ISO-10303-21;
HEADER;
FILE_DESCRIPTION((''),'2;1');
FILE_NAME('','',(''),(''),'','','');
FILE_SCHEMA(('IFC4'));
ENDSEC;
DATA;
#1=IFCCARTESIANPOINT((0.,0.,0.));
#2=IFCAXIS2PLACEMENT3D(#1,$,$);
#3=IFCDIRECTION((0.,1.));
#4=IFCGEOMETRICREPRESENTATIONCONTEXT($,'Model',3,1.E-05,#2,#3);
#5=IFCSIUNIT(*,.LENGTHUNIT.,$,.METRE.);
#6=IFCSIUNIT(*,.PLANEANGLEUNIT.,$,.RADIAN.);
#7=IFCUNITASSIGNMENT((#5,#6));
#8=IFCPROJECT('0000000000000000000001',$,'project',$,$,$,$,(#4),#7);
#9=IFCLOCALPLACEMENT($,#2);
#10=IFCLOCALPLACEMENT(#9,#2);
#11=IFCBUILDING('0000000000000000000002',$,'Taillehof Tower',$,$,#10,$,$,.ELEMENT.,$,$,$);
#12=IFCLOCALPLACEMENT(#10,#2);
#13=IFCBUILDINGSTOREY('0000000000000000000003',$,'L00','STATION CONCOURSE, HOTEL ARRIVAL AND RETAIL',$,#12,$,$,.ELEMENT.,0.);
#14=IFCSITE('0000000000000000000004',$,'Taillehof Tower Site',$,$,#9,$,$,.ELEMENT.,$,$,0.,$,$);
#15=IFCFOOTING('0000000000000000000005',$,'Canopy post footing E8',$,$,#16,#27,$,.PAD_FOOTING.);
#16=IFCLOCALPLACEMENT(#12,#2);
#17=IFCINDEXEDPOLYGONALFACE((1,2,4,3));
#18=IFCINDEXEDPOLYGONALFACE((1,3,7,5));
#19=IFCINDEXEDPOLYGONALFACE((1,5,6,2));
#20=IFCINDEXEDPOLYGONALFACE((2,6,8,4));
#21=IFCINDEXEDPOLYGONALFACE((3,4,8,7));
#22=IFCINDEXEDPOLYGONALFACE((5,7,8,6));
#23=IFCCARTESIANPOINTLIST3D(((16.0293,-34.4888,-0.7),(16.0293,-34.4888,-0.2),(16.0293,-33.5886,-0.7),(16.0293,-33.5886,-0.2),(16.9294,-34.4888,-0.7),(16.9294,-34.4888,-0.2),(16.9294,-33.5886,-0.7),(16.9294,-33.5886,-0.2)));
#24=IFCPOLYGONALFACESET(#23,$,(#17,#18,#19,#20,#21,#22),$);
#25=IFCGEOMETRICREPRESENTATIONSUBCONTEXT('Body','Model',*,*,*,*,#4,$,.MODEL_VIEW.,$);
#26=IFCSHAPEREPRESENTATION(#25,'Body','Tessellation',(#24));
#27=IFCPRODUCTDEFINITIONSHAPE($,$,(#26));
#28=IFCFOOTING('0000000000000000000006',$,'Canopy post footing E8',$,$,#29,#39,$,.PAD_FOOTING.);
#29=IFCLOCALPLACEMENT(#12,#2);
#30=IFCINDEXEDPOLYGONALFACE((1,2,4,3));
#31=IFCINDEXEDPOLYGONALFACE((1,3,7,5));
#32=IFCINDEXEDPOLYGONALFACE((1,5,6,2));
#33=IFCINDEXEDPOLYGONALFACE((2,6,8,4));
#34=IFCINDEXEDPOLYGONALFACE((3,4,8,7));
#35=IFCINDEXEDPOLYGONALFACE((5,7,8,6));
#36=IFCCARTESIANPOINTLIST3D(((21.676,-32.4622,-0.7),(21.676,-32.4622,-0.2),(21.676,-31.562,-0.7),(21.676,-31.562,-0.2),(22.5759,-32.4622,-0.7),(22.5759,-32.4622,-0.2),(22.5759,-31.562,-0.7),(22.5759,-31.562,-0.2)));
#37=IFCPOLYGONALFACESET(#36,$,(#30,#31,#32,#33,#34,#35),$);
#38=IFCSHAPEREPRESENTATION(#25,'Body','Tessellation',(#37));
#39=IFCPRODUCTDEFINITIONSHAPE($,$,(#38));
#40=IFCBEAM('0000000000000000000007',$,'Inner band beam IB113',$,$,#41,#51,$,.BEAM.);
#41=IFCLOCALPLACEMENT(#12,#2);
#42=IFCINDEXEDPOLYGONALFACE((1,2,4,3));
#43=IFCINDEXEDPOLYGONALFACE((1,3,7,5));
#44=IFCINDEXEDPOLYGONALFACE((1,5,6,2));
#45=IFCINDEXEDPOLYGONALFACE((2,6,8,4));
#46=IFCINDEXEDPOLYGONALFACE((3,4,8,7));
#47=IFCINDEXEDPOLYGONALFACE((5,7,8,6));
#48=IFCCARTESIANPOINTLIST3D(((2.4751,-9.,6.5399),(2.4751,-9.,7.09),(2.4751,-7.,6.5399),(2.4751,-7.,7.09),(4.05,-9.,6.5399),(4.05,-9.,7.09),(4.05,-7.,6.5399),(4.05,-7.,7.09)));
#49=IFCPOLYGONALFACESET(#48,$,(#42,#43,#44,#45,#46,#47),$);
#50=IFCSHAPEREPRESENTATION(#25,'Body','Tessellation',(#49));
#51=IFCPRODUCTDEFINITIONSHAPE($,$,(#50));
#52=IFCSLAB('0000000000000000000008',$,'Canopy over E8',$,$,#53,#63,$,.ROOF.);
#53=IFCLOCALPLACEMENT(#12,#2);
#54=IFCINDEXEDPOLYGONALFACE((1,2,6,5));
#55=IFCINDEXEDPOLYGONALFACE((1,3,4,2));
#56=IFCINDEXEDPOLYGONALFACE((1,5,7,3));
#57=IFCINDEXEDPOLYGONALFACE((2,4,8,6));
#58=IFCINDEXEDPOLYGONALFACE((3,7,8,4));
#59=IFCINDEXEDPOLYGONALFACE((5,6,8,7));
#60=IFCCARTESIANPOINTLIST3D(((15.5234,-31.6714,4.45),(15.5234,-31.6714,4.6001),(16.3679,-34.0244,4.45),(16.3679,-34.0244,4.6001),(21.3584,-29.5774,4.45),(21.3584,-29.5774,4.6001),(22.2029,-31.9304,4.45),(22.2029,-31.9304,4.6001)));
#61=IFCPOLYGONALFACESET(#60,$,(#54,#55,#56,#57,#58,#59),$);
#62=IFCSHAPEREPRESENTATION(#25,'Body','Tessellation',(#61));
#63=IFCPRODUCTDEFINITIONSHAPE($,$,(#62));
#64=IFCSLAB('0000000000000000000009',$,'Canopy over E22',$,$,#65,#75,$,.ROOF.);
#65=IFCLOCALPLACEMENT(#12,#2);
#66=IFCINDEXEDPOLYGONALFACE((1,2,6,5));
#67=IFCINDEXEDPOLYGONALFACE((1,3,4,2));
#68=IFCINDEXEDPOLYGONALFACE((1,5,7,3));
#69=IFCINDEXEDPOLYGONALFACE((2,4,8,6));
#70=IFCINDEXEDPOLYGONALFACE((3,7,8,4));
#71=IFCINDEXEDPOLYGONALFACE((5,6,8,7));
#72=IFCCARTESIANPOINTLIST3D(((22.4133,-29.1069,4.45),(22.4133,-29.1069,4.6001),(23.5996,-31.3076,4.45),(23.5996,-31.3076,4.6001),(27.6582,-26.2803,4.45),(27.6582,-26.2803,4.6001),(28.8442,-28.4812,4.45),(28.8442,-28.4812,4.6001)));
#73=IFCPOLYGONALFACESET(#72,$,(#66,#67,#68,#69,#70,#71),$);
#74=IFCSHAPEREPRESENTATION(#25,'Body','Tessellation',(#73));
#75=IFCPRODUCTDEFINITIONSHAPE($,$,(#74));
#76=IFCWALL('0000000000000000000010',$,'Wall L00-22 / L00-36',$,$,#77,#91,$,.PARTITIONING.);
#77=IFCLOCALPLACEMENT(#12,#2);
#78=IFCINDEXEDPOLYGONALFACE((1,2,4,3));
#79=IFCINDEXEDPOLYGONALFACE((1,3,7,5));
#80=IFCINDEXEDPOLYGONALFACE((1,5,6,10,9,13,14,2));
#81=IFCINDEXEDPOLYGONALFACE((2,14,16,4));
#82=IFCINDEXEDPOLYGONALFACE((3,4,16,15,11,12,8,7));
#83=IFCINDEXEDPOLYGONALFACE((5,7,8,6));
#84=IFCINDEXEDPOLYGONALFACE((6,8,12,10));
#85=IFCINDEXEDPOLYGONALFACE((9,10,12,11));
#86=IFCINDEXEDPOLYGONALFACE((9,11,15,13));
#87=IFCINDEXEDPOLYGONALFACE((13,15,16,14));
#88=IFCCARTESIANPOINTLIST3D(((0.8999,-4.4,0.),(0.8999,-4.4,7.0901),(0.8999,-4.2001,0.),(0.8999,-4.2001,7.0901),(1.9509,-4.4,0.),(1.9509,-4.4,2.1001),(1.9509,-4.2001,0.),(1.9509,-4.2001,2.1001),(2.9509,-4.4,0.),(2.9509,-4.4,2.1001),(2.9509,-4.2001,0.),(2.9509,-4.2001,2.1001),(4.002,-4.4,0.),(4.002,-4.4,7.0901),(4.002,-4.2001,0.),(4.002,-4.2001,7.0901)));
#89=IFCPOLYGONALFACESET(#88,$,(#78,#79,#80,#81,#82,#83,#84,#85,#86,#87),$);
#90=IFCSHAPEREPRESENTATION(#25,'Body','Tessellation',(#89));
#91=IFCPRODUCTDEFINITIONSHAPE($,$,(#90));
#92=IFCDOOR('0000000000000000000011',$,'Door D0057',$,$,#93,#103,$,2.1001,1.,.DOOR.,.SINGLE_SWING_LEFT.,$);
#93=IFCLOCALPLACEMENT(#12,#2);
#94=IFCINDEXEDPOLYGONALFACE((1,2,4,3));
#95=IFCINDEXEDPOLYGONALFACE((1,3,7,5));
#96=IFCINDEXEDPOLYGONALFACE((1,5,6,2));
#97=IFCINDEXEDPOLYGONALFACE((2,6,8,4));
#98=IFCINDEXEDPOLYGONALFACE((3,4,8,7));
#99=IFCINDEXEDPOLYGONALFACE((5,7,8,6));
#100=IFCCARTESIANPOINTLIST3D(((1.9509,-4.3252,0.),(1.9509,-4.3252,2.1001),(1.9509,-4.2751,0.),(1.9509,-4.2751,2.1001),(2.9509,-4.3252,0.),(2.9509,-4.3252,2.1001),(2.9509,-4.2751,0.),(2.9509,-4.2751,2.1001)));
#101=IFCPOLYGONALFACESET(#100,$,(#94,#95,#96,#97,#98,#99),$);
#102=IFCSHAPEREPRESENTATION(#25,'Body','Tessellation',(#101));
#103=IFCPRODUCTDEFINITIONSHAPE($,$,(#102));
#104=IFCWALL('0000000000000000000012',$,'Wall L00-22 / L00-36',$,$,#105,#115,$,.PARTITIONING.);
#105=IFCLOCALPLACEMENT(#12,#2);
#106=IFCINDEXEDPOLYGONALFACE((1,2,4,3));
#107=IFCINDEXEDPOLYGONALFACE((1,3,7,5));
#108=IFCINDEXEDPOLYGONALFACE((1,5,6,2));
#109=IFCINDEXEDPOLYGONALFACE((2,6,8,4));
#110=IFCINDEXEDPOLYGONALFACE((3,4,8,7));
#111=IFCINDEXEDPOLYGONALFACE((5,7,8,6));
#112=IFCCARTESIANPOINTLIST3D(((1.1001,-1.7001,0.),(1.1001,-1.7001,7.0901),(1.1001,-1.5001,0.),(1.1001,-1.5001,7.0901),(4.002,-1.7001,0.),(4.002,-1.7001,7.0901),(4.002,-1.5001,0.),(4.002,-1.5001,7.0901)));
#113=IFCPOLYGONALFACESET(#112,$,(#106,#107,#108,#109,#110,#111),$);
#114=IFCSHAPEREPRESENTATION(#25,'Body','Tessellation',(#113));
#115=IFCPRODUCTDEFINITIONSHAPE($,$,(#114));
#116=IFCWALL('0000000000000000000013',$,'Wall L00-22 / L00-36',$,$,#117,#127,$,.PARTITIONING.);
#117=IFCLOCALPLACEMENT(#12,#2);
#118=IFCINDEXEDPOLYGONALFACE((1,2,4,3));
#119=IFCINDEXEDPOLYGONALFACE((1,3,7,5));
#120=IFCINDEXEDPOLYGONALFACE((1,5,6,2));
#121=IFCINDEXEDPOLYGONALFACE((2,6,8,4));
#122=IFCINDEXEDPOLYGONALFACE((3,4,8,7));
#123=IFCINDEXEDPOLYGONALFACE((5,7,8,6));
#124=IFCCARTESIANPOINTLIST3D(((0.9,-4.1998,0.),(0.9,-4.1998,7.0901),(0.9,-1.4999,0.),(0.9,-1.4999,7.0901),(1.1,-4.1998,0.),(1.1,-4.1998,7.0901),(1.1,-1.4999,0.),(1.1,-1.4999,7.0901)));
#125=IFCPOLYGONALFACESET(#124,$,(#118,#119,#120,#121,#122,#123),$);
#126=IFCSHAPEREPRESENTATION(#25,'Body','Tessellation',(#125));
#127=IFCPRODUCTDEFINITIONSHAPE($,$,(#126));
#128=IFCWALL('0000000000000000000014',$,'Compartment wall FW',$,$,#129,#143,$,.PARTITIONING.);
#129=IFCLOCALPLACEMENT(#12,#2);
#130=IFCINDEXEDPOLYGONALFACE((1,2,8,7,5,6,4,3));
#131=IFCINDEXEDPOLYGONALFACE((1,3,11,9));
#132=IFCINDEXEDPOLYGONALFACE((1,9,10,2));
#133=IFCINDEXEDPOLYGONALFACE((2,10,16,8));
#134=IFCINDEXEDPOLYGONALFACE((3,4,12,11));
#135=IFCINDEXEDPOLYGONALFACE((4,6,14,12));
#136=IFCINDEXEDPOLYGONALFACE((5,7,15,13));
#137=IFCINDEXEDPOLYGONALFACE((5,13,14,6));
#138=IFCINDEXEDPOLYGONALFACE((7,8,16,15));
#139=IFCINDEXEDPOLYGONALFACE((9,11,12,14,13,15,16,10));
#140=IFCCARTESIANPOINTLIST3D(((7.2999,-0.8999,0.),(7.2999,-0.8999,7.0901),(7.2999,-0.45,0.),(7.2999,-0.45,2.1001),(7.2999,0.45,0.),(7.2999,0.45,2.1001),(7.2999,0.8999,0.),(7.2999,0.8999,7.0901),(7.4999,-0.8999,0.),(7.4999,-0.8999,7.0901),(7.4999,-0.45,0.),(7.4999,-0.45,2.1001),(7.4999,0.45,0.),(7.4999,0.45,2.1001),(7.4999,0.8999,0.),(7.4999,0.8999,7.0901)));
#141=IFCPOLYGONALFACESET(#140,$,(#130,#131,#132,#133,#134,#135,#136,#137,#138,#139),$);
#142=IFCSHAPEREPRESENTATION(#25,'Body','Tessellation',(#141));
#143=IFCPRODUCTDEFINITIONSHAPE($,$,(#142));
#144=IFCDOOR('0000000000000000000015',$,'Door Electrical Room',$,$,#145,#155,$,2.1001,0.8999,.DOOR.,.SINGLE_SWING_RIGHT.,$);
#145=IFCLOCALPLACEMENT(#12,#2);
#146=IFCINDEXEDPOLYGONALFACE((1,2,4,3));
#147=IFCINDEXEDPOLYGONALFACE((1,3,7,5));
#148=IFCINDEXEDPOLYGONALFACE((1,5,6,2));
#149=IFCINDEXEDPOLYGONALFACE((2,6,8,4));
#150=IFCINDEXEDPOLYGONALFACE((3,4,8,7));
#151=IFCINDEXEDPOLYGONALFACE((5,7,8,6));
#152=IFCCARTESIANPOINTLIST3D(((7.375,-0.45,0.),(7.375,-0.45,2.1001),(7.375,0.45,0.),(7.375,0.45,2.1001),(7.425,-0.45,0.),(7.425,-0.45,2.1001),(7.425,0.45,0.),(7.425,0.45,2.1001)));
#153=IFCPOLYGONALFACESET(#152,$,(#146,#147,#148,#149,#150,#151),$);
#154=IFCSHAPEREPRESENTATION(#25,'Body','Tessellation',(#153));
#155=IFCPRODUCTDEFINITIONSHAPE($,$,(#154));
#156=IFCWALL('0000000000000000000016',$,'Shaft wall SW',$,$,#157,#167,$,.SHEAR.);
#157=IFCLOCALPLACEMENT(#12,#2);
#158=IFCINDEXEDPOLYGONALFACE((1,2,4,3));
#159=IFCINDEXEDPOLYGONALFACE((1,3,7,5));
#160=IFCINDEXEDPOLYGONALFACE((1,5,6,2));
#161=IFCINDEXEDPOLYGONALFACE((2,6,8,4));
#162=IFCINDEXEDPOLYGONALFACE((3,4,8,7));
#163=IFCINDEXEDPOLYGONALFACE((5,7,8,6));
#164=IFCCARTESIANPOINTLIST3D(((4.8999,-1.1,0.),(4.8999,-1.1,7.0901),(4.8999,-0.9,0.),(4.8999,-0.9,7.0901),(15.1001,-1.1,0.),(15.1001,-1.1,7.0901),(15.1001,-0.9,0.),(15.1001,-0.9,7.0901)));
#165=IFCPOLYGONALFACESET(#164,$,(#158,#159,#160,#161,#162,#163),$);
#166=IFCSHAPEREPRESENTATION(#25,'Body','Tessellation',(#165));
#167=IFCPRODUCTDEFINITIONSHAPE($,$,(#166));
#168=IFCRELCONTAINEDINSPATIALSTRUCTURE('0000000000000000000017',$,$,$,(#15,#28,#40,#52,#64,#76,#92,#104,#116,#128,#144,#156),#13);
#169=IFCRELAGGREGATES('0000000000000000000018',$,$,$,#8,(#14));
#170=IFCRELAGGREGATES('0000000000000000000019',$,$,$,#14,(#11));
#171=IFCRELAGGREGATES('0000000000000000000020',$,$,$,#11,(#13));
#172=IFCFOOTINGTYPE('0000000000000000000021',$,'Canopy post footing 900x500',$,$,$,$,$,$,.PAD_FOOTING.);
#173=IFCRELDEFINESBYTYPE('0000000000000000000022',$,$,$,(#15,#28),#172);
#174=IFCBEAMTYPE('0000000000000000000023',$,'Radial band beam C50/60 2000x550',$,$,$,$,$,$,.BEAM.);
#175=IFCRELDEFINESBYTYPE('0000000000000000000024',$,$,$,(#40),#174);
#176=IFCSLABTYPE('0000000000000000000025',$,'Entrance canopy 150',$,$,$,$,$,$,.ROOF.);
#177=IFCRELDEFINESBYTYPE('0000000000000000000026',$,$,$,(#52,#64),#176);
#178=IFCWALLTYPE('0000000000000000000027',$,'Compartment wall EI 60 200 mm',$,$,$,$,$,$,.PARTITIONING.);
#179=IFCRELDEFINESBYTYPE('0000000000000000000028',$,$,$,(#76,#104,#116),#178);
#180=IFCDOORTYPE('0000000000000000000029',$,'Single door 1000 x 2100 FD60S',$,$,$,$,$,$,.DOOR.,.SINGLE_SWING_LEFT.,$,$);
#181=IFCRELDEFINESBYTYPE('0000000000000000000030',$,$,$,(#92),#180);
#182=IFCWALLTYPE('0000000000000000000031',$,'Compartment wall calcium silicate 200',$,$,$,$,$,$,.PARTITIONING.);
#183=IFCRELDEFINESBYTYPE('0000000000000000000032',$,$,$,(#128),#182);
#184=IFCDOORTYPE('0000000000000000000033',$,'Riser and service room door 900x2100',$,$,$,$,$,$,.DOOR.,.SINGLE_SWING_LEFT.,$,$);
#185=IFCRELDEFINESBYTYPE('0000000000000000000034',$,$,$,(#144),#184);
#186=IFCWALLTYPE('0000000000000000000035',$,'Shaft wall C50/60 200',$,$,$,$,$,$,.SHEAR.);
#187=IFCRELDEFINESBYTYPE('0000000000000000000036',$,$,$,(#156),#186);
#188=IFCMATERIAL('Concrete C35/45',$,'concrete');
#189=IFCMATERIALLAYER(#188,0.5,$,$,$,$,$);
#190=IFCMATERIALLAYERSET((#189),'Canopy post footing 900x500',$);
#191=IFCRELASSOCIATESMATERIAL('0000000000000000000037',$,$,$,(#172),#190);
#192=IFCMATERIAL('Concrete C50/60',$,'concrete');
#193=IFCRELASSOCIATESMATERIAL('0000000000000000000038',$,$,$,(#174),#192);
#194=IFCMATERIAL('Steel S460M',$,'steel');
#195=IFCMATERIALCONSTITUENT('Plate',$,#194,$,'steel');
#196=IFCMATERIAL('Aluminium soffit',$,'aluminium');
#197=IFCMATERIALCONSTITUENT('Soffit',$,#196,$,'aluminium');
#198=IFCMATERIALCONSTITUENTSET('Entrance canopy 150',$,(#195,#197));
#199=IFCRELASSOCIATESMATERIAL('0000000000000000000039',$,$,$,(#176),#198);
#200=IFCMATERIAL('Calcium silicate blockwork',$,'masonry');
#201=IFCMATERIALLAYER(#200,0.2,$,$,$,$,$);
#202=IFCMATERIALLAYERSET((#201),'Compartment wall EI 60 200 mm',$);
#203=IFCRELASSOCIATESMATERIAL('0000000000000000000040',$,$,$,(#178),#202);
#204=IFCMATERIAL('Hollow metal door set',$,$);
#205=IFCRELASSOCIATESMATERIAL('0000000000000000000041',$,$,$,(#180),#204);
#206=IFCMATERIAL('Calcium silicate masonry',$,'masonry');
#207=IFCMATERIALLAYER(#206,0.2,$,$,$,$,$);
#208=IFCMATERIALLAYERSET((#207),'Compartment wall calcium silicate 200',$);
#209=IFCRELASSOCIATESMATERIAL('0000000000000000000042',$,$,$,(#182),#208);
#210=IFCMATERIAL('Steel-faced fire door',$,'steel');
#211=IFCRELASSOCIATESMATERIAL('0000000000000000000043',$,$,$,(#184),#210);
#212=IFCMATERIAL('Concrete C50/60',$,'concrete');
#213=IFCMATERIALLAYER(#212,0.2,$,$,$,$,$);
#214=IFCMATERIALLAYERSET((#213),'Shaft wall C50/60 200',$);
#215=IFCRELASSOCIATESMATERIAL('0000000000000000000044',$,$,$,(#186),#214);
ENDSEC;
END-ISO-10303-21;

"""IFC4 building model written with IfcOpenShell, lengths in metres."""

from ifc_helpers import new_model, si_unit, direction, frame, frame_2d, origin, origin_2d, place, context, subcontext, project, spatial, polyline, rectangle, outline, extrude, material, layer, layer_set, constituent, constituent_set, material_profile, profile_set, type_object, element, fill, save


model = new_model("IFC4")

# Units and contexts
model_context = context("Model", 3, precision=1e-05, world=origin(), true_north=direction((0.0, 1.0)))
body_context = subcontext(model_context, "Body", "Model", "MODEL_VIEW")
ifc_project = project(units=[si_unit("LENGTHUNIT", "METRE"), si_unit("PLANEANGLEUNIT", "RADIAN")], contexts=[model_context])

# Site, building, storey
site_placement = place(None, origin())
site = spatial("IfcSite", under=ifc_project, at=site_placement, Name="Taillehof Tower Site", CompositionType="ELEMENT", RefElevation=0.0)
building_placement = place(site_placement, origin())
building = spatial("IfcBuilding", under=site, at=building_placement, Name="Taillehof Tower", CompositionType="ELEMENT")
storey_placement = place(building_placement, origin())
storey = spatial("IfcBuildingStorey", under=building, at=storey_placement, Name="L00", Description="STATION CONCOURSE, HOTEL ARRIVAL AND RETAIL", CompositionType="ELEMENT", Elevation=0.0)

# Footings
ifc_material_1 = material(Name="Concrete C35/45", Category="concrete")
ifc_layer_1 = layer(ifc_material_1, 0.5)
ifc_layer_set_1 = layer_set([ifc_layer_1], Name="Canopy post footing 900x500")
footing_type = type_object("IfcFootingType", Name="Canopy post footing 900x500", PredefinedType="PAD_FOOTING", material=ifc_layer_set_1)
footing_1_placement = place(storey_placement, frame((0.0, 0.0, -0.7)))
element("IfcFooting", 1, at=footing_1_placement, inside=storey, type_object=footing_type, Name="Canopy post footing E8", PredefinedType="PAD_FOOTING", context=body_context, shape_type="SweptSolid", body=[
    extrude(outline(polyline([(16.0293, -34.4888), (16.9294, -34.4888), (16.9294, -33.5886), (16.0293, -33.5886), (16.0293, -34.4888)])), origin(), (0.0, 0.0, 1.0), 0.5),
])
footing_2_placement = place(storey_placement, frame((0.0, 0.0, -0.7)))
element("IfcFooting", 2, at=footing_2_placement, inside=storey, type_object=footing_type, Name="Canopy post footing E8", PredefinedType="PAD_FOOTING", context=body_context, shape_type="SweptSolid", body=[
    extrude(outline(polyline([(21.676, -32.4622), (22.5759, -32.4622), (22.5759, -31.562), (21.676, -31.562), (21.676, -32.4622)])), origin(), (0.0, 0.0, 1.0), 0.5),
])

# Beam
ifc_material_2 = material(Name="Concrete C50/60", Category="concrete")
ifc_material_profile = material_profile(ifc_material_2, rectangle(XDim=2.0, YDim=0.55, at=origin_2d()), Name="RC 2000x550")
ifc_profile_set = profile_set([ifc_material_profile], Name="Concrete C50/60")
beam_type = type_object("IfcBeamType", Name="Radial band beam C50/60 2000x550", PredefinedType="BEAM", material=ifc_profile_set)
beam_placement = place(storey_placement, frame((2.4751, -8.0, 6.8149), z_axis=(1.0, 0.0, 0.0), x_axis=(0.0, 1.0, 0.0)))
element("IfcBeam", 3, at=beam_placement, inside=storey, type_object=beam_type, Name="Inner band beam IB113", PredefinedType="BEAM", context=body_context, shape_type="SweptSolid", body=[
    extrude(rectangle(XDim=2.0, YDim=0.55, at=origin_2d()), origin(), (0.0, 0.0, 1.0), 1.575),
])

# Slabs
ifc_material_3 = material(Name="Steel S460M", Category="steel")
ifc_constituent_1 = constituent(ifc_material_3, Name="Plate", Category="steel")
ifc_material_4 = material(Name="Aluminium soffit", Category="aluminium")
ifc_constituent_2 = constituent(ifc_material_4, Name="Soffit", Category="aluminium")
ifc_constituent_set = constituent_set(constituents=[ifc_constituent_1, ifc_constituent_2], Name="Entrance canopy 150")
slab_type = type_object("IfcSlabType", Name="Entrance canopy 150", PredefinedType="ROOF", material=ifc_constituent_set)
slab_1_placement = place(storey_placement, frame((0.0, 0.0, 4.45)))
element("IfcSlab", 4, at=slab_1_placement, inside=storey, type_object=slab_type, Name="Canopy over E8", PredefinedType="ROOF", context=body_context, shape_type="SweptSolid", body=[
    extrude(outline(polyline([(15.5234, -31.6714), (21.3584, -29.5774), (22.2029, -31.9304), (16.3679, -34.0244), (15.5234, -31.6714)])), origin(), (0.0, 0.0, 1.0), 0.1501),
])
slab_2_placement = place(storey_placement, frame((0.0, 0.0, 4.45)))
element("IfcSlab", 5, at=slab_2_placement, inside=storey, type_object=slab_type, Name="Canopy over E22", PredefinedType="ROOF", context=body_context, shape_type="SweptSolid", body=[
    extrude(outline(polyline([(22.4133, -29.1069), (27.6582, -26.2803), (28.8442, -28.4812), (23.5996, -31.3076), (22.4133, -29.1069)])), origin(), (0.0, 0.0, 1.0), 0.1501),
])

# Wall, opening, door
ifc_material_5 = material(Name="Calcium silicate blockwork", Category="masonry")
ifc_layer_2 = layer(ifc_material_5, 0.2)
ifc_layer_set_2 = layer_set([ifc_layer_2], Name="Compartment wall EI 60 200 mm")
wall_type_1 = type_object("IfcWallType", Name="Compartment wall EI 60 200 mm", PredefinedType="PARTITIONING", material=ifc_layer_set_2)
wall_1_placement = place(storey_placement, frame((0.8999, -4.3, 0.0), z_axis=(0.0, 0.0, 1.0), x_axis=(1.0, 0.0, 0.0)))
wall_1 = element("IfcWall", 6, at=wall_1_placement, inside=storey, type_object=wall_type_1, Name="Wall L00-22 / L00-36", PredefinedType="PARTITIONING", context=body_context, shape_type="SweptSolid", body=[
    extrude(rectangle(XDim=3.1021, YDim=0.2, at=frame_2d((1.551, 0.0))), origin(), (0.0, 0.0, 1.0), 7.0901),
])
opening_1_placement = place(wall_1_placement, frame((1.051, 0.0, 0.0)))
opening_1 = element("IfcOpeningElement", 7, at=opening_1_placement, cuts=wall_1, PredefinedType="OPENING", context=body_context, shape_type="SweptSolid", body=[
    extrude(rectangle(XDim=1.0, YDim=2.1001, at=frame_2d((0.5, 1.05))), frame((0.0, 0.1099, 0.0), z_axis=(0.0, -1.0, 0.0), x_axis=(1.0, 0.0, 0.0)), (0.0, 0.0, 1.0), 0.22),
])
ifc_material_6 = material(Name="Hollow metal door set")
door_type_1 = type_object("IfcDoorType", Name="Single door 1000 x 2100 FD60S", OperationType="SINGLE_SWING_LEFT", PredefinedType="DOOR", material=ifc_material_6)
door_1_placement = place(opening_1_placement, origin())
door_1 = element("IfcDoor", 8, at=door_1_placement, inside=storey, type_object=door_type_1, Name="Door D0057", OperationType="SINGLE_SWING_LEFT", OverallHeight=2.1001, OverallWidth=1.0, PredefinedType="DOOR", context=body_context, shape_type="SweptSolid", body=[
    extrude(rectangle(XDim=1.0, YDim=2.1001, at=frame_2d((0.5, 1.05))), frame((0.0, 0.0249, 0.0), z_axis=(0.0, -1.0, 0.0), x_axis=(1.0, 0.0, 0.0)), (0.0, 0.0, 1.0), 0.05),
])
fill(opening_1, door_1)

# Walls
wall_2_placement = place(storey_placement, frame((1.1001, -1.6001, 0.0), z_axis=(0.0, 0.0, 1.0), x_axis=(1.0, 0.0, 0.0)))
element("IfcWall", 9, at=wall_2_placement, inside=storey, type_object=wall_type_1, Name="Wall L00-22 / L00-36", PredefinedType="PARTITIONING", context=body_context, shape_type="SweptSolid", body=[
    extrude(rectangle(XDim=2.9019, YDim=0.2, at=frame_2d((1.4509, 0.0))), origin(), (0.0, 0.0, 1.0), 7.0901),
])
wall_3_placement = place(storey_placement, frame((1.0, -4.2, 0.0), z_axis=(0.0, 0.0, 1.0), x_axis=(0.0, 1.0, 0.0)))
element("IfcWall", 10, at=wall_3_placement, inside=storey, type_object=wall_type_1, Name="Wall L00-22 / L00-36", PredefinedType="PARTITIONING", context=body_context, shape_type="SweptSolid", body=[
    extrude(rectangle(XDim=2.7, YDim=0.2, at=frame_2d((1.3501, 0.0))), origin(), (0.0, 0.0, 1.0), 7.0901),
])

# Wall, opening, door
ifc_material_7 = material(Name="Calcium silicate masonry", Category="masonry")
ifc_layer_3 = layer(ifc_material_7, 0.2)
ifc_layer_set_3 = layer_set([ifc_layer_3], Name="Compartment wall calcium silicate 200")
wall_type_2 = type_object("IfcWallType", Name="Compartment wall calcium silicate 200", PredefinedType="PARTITIONING", material=ifc_layer_set_3)
wall_4_placement = place(storey_placement, frame((7.3999, -0.8999, 0.0), z_axis=(0.0, 0.0, 1.0), x_axis=(0.0, 1.0, 0.0)))
wall_4 = element("IfcWall", 11, at=wall_4_placement, inside=storey, type_object=wall_type_2, Name="Compartment wall FW", PredefinedType="PARTITIONING", context=body_context, shape_type="SweptSolid", body=[
    extrude(rectangle(XDim=1.7998, YDim=0.2, at=frame_2d((0.8999, 0.0))), origin(), (0.0, 0.0, 1.0), 7.0901),
])
opening_2_placement = place(wall_4_placement, frame((0.45, 0.0, 0.0)))
opening_2 = element("IfcOpeningElement", 12, at=opening_2_placement, cuts=wall_4, PredefinedType="OPENING", context=body_context, shape_type="SweptSolid", body=[
    extrude(rectangle(XDim=0.8999, YDim=2.1001, at=frame_2d((0.45, 1.05))), frame((0.0, 0.1099, 0.0), z_axis=(0.0, -1.0, 0.0), x_axis=(1.0, 0.0, 0.0)), (0.0, 0.0, 1.0), 0.22),
])
ifc_material_8 = material(Name="Steel-faced fire door", Category="steel")
door_type_2 = type_object("IfcDoorType", Name="Riser and service room door 900x2100", OperationType="SINGLE_SWING_LEFT", PredefinedType="DOOR", material=ifc_material_8)
door_2_placement = place(opening_2_placement, origin())
door_2 = element("IfcDoor", 13, at=door_2_placement, inside=storey, type_object=door_type_2, Name="Door Electrical Room", OperationType="SINGLE_SWING_RIGHT", OverallHeight=2.1001, OverallWidth=0.8999, PredefinedType="DOOR", context=body_context, shape_type="SweptSolid", body=[
    extrude(rectangle(XDim=0.8999, YDim=2.1001, at=frame_2d((0.45, 1.05))), frame((0.0, 0.0249, 0.0), z_axis=(0.0, -1.0, 0.0), x_axis=(1.0, 0.0, 0.0)), (0.0, 0.0, 1.0), 0.05),
])
fill(opening_2, door_2)

# Wall
ifc_material_9 = material(Name="Concrete C50/60", Category="concrete")
ifc_layer_4 = layer(ifc_material_9, 0.2)
ifc_layer_set_4 = layer_set([ifc_layer_4], Name="Shaft wall C50/60 200")
wall_type_3 = type_object("IfcWallType", Name="Shaft wall C50/60 200", PredefinedType="SHEAR", material=ifc_layer_set_4)
wall_5_placement = place(storey_placement, frame((4.8999, -1.0, 0.0), z_axis=(0.0, 0.0, 1.0), x_axis=(1.0, 0.0, 0.0)))
element("IfcWall", 14, at=wall_5_placement, inside=storey, type_object=wall_type_3, Name="Shaft wall SW", PredefinedType="SHEAR", context=body_context, shape_type="SweptSolid", body=[
    extrude(rectangle(XDim=10.2002, YDim=0.2, at=frame_2d((5.1001, 0.0))), origin(), (0.0, 0.0, 1.0), 7.0901),
])

save(model, "model.ifc")
